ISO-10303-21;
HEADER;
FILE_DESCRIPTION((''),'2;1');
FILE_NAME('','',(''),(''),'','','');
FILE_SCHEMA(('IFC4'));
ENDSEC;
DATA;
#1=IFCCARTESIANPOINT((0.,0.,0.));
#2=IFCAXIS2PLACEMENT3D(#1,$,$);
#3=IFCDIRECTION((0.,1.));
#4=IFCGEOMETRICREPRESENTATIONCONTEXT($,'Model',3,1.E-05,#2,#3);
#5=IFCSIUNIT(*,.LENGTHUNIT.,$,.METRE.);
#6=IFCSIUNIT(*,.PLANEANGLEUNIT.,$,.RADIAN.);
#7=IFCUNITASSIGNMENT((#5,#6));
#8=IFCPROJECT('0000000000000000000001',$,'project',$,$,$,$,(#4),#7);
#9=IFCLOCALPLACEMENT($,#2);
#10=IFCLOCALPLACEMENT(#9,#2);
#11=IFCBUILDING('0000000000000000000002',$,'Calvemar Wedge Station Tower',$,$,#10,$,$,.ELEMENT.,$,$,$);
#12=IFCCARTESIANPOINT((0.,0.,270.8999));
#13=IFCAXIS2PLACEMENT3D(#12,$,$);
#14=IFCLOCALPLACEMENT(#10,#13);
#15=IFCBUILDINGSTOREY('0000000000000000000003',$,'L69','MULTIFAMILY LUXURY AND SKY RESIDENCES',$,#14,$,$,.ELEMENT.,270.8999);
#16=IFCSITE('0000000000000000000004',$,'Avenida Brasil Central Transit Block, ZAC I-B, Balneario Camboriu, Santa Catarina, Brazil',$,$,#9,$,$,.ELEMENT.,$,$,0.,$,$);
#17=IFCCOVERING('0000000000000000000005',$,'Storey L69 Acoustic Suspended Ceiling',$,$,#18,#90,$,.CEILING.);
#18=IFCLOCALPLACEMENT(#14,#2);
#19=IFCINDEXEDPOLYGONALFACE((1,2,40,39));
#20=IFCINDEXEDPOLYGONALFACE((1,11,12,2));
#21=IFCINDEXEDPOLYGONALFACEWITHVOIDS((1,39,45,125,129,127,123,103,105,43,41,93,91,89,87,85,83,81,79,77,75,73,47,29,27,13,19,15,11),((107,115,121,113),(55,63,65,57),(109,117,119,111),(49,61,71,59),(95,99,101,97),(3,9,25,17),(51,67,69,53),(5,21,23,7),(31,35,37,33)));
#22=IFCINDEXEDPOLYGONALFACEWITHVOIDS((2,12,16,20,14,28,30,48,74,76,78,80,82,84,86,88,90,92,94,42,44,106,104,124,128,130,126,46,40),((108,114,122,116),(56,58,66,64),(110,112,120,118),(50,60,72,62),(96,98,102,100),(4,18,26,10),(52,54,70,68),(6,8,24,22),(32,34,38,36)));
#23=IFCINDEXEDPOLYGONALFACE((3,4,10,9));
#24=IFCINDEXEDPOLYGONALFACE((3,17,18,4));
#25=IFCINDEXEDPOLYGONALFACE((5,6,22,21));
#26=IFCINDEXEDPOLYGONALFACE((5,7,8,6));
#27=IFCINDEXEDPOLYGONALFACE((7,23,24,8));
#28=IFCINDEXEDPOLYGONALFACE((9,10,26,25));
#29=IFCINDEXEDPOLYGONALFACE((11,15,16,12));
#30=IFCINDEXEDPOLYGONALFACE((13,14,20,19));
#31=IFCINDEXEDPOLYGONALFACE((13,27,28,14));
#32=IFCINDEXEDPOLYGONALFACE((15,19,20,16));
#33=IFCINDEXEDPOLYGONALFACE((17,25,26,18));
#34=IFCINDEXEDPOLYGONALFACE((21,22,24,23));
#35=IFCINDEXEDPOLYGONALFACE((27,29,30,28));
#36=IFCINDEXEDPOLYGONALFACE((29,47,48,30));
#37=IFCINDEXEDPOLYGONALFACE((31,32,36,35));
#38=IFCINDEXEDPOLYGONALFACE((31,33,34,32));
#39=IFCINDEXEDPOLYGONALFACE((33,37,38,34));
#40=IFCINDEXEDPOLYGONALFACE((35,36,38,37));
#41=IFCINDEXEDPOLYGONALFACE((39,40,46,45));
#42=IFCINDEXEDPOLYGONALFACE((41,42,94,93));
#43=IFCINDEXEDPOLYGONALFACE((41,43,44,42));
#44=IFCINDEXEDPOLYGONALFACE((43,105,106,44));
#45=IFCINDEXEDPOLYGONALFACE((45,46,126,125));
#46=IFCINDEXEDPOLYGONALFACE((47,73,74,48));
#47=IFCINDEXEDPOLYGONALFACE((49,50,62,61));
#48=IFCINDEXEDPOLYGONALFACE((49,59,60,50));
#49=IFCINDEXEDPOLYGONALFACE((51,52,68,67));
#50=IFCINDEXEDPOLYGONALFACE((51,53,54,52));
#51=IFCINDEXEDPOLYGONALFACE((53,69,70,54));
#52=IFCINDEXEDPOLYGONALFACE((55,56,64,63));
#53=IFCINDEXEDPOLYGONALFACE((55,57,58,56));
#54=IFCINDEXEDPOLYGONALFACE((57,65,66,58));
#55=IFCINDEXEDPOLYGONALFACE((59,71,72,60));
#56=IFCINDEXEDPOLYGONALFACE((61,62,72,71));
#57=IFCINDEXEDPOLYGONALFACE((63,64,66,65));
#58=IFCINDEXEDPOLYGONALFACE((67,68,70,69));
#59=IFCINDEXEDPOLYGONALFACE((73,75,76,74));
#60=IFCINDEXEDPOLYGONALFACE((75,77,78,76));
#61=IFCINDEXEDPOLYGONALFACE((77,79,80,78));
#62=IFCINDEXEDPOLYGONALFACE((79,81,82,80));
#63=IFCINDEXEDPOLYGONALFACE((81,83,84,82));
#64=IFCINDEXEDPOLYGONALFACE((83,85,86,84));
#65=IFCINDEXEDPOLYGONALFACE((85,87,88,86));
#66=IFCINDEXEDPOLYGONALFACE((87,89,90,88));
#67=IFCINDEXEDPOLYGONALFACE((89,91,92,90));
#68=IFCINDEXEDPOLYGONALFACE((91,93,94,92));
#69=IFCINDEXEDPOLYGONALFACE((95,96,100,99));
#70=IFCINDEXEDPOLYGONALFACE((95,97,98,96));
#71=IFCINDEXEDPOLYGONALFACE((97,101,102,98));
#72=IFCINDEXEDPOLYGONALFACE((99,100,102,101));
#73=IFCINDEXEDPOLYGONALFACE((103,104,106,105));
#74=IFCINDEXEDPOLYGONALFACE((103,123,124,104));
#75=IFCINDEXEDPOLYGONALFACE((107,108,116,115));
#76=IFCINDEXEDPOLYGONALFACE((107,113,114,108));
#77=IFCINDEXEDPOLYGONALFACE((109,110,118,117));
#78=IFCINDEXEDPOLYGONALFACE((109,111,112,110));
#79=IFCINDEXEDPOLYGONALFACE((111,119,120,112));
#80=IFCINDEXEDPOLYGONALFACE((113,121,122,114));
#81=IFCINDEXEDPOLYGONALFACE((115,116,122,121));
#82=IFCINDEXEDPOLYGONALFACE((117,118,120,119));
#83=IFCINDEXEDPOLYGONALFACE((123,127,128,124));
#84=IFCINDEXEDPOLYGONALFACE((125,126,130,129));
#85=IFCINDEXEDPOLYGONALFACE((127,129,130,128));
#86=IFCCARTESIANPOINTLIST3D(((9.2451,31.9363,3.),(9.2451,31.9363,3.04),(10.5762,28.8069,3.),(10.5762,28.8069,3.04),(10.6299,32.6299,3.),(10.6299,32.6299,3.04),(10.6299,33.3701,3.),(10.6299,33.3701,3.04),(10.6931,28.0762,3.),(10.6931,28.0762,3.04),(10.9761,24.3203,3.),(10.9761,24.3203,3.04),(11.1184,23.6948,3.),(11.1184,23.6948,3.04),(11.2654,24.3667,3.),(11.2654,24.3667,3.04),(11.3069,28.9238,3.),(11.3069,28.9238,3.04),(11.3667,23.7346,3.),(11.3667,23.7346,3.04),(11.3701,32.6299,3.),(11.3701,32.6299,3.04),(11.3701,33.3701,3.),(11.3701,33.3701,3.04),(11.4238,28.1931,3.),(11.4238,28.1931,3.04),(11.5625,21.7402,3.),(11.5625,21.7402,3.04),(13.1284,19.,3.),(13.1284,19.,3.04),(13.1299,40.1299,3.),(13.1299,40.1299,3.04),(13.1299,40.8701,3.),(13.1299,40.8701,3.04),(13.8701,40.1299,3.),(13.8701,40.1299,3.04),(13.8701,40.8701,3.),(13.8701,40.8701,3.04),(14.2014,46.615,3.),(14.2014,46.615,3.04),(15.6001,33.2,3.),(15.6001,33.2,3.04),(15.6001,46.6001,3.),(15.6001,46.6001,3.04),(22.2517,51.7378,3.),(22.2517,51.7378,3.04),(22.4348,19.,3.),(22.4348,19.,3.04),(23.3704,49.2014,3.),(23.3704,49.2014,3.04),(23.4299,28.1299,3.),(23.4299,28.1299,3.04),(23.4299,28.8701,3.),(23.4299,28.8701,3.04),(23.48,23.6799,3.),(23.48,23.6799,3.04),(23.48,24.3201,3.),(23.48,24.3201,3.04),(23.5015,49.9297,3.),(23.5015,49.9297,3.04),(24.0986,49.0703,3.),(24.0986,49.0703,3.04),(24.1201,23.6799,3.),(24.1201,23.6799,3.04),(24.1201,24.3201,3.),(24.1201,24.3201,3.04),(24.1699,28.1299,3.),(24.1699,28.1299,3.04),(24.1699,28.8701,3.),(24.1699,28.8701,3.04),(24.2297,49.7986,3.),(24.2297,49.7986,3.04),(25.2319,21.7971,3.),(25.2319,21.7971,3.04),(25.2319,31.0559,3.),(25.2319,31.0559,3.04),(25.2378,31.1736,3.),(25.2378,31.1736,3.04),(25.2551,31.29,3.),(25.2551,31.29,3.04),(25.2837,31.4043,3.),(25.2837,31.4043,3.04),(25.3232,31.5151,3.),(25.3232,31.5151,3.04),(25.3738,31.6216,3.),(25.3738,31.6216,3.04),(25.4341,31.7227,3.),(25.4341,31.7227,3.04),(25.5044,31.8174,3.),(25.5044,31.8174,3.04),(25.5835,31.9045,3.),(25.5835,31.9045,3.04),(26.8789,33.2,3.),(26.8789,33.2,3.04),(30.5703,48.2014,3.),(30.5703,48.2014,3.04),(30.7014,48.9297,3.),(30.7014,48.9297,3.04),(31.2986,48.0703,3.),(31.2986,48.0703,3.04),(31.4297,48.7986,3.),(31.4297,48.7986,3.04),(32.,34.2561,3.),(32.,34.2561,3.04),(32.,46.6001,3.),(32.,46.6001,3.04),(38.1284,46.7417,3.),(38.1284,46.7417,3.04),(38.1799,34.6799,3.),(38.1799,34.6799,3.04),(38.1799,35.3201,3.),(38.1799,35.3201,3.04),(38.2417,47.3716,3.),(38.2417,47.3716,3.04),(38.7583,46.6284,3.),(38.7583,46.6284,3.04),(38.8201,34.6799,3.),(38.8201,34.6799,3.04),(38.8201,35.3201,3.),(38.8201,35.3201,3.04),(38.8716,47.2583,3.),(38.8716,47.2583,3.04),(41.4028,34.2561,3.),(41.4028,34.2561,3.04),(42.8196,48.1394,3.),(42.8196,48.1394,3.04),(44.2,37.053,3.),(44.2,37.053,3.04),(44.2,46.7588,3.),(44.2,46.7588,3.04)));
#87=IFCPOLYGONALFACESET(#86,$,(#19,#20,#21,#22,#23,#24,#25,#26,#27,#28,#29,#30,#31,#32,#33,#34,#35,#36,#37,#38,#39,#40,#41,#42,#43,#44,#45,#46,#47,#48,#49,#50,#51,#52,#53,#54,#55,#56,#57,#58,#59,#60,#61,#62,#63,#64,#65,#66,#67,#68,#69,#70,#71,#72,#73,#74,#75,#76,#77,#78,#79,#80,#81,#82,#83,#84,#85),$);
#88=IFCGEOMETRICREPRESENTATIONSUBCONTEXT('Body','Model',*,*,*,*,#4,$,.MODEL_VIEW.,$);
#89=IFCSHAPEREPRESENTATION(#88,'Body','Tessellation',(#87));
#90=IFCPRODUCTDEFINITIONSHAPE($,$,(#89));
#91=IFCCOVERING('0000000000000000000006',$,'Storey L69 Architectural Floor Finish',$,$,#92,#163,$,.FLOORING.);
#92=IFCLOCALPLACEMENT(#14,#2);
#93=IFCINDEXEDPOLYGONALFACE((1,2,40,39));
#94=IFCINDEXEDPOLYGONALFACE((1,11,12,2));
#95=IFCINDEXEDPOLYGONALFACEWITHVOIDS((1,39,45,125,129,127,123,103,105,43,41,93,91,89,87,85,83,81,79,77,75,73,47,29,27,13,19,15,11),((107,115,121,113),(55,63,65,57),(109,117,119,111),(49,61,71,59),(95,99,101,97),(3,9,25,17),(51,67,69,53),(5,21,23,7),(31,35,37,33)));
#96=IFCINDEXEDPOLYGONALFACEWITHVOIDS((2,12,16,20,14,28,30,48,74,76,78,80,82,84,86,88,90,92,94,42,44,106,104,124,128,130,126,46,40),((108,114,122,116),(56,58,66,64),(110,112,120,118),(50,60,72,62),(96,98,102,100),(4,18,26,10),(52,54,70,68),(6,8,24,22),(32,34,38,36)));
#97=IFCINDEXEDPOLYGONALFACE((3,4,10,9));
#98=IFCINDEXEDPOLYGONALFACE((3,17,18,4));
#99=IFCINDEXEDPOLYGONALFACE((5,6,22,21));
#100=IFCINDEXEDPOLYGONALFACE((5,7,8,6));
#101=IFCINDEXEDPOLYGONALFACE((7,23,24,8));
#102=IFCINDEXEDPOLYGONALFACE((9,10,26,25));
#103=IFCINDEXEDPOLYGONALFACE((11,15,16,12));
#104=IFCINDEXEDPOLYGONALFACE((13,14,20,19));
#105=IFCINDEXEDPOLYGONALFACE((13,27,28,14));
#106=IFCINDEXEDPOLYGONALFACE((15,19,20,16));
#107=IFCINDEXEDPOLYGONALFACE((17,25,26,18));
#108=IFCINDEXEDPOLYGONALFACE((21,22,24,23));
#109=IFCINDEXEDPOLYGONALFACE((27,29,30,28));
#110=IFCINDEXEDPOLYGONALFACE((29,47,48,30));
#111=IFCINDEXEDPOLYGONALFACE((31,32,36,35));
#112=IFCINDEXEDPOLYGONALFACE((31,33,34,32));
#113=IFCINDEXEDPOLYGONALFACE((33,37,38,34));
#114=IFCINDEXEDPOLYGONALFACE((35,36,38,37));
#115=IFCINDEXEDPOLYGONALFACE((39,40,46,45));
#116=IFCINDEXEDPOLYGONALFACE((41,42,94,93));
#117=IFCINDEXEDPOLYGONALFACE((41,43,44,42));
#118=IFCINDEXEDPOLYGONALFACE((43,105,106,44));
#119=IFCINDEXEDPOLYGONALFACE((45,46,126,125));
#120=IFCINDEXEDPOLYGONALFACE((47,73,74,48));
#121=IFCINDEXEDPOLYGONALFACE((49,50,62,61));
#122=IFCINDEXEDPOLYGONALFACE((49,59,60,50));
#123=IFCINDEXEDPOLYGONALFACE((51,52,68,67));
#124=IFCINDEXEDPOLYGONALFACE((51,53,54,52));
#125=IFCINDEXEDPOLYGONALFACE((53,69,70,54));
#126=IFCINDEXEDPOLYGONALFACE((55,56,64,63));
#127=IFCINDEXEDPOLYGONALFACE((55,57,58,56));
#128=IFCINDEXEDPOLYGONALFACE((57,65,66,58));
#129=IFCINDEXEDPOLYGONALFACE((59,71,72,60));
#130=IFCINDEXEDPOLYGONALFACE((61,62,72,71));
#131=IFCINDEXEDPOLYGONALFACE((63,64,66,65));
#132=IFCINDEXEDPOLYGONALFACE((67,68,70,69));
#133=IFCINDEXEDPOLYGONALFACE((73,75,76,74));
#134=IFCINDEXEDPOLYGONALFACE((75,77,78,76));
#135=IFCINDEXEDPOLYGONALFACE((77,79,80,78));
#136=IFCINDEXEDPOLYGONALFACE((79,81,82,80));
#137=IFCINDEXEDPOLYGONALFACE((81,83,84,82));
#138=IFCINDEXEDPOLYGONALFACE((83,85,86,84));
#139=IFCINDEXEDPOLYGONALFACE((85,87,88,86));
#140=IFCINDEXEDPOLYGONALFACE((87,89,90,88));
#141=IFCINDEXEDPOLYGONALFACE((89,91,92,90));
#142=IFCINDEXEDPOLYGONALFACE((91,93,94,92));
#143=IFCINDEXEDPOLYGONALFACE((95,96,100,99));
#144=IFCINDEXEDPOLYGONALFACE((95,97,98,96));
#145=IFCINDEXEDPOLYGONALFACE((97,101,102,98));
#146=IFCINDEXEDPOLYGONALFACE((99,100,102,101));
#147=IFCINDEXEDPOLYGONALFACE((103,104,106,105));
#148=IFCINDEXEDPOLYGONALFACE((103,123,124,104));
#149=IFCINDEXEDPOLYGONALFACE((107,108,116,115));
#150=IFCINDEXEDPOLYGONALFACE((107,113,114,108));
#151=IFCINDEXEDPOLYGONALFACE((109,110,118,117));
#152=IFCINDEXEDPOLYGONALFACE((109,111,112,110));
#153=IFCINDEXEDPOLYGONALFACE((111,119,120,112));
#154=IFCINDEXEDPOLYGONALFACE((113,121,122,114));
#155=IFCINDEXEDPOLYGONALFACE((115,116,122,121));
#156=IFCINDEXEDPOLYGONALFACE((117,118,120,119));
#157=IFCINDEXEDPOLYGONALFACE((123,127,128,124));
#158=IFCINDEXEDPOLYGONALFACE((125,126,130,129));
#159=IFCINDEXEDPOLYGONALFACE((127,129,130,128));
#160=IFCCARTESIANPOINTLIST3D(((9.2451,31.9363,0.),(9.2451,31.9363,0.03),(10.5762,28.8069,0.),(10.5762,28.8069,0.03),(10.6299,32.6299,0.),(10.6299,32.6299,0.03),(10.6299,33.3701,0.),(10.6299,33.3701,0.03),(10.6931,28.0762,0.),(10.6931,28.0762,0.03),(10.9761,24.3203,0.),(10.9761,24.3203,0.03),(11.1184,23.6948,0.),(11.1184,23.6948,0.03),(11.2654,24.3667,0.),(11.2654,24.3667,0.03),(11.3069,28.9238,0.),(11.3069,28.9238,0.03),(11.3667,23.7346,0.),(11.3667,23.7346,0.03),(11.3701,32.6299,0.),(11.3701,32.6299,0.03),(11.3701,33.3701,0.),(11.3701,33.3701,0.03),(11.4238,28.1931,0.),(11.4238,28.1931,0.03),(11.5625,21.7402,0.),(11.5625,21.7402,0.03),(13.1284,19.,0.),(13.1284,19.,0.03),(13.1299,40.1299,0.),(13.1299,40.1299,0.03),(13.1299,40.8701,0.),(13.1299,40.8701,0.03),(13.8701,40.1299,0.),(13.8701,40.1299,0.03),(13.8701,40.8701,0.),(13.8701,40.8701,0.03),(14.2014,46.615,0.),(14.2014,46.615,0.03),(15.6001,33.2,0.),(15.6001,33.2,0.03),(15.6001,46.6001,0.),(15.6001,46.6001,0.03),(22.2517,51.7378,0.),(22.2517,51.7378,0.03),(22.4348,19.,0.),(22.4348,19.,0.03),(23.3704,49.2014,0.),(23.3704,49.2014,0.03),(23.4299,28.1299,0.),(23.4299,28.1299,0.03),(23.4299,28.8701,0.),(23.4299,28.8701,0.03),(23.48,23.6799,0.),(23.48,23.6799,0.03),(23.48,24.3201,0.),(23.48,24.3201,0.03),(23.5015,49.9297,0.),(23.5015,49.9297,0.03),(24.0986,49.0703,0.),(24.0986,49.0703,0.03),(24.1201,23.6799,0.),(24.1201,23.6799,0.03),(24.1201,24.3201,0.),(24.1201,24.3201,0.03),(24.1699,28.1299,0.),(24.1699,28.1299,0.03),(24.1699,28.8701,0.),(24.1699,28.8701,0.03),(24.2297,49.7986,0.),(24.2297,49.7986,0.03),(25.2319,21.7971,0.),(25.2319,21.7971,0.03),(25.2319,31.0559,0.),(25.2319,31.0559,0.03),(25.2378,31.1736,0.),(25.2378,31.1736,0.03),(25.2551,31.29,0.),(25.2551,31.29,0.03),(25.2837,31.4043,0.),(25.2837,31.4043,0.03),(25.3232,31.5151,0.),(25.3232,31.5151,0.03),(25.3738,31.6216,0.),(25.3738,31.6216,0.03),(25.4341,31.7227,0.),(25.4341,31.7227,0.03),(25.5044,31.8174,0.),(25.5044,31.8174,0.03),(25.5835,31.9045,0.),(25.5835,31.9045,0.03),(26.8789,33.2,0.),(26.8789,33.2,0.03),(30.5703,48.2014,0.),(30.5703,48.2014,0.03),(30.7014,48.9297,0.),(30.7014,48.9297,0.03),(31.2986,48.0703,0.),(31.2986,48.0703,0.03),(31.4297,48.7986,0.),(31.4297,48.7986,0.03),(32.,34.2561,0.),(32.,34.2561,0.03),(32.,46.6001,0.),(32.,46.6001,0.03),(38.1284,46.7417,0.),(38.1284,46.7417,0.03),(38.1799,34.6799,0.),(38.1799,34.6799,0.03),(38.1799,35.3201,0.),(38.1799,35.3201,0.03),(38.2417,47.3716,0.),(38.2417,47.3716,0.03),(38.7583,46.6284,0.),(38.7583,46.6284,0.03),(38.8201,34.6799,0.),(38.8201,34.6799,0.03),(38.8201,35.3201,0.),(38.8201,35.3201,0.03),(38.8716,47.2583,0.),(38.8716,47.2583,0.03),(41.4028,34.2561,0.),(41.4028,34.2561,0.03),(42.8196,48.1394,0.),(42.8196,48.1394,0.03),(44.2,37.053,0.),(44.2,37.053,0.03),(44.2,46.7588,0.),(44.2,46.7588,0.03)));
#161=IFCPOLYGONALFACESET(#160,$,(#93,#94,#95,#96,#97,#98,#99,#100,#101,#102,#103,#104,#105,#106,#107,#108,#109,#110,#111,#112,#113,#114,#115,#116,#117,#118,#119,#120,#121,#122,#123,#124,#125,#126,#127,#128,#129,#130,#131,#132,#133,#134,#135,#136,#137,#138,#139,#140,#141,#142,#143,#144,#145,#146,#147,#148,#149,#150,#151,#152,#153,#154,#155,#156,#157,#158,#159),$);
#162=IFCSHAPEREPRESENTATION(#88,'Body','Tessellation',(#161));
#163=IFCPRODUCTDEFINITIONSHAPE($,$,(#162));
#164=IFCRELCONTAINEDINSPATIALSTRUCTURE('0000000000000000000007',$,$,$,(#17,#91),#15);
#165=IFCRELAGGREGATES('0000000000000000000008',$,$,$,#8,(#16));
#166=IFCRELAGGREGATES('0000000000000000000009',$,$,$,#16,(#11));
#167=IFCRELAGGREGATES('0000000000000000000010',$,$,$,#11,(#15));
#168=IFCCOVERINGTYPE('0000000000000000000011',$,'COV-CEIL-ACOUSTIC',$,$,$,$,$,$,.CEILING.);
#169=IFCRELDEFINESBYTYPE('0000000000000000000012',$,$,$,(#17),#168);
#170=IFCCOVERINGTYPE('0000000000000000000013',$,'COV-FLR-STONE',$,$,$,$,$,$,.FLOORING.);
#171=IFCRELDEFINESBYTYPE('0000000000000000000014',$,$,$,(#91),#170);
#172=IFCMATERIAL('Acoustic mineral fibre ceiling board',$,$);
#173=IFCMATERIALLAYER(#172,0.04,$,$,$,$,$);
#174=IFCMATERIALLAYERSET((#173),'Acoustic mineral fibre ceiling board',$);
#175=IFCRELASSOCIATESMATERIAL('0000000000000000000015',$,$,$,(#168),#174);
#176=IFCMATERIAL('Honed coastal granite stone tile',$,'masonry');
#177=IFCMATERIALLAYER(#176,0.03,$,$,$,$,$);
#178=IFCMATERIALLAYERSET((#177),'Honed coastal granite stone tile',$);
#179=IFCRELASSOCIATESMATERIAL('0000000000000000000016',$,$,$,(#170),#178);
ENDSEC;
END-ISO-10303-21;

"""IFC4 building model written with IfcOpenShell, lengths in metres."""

from ifc_helpers import new_model, si_unit, direction, frame, origin, place, context, subcontext, project, spatial, polyline, outline, extrude, material, layer, layer_set, type_object, element, save


model = new_model("IFC4")

# Units and contexts
model_context = context("Model", 3, precision=1e-05, world=origin(), true_north=direction((0.0, 1.0)))
body_context = subcontext(model_context, "Body", "Model", "MODEL_VIEW")
ifc_project = project(units=[si_unit("LENGTHUNIT", "METRE"), si_unit("PLANEANGLEUNIT", "RADIAN")], contexts=[model_context])

# Site, building, storey
site_placement = place(None, origin())
site = spatial("IfcSite", under=ifc_project, at=site_placement, Name="Avenida Brasil Central Transit Block, ZAC I-B, Balneario Camboriu, Santa Catarina, Brazil", CompositionType="ELEMENT", RefElevation=0.0)
building_placement = place(site_placement, origin())
building = spatial("IfcBuilding", under=site, at=building_placement, Name="Calvemar Wedge Station Tower", CompositionType="ELEMENT")
storey_placement = place(building_placement, frame((0.0, 0.0, 270.8999)))
storey = spatial("IfcBuildingStorey", under=building, at=storey_placement, Name="L69", Description="MULTIFAMILY LUXURY AND SKY RESIDENCES", CompositionType="ELEMENT", Elevation=270.8999)

# Coverings
ifc_material_1 = material(Name="Acoustic mineral fibre ceiling board")
ifc_layer_1 = layer(ifc_material_1, 0.04)
ifc_layer_set_1 = layer_set([ifc_layer_1], Name="Acoustic mineral fibre ceiling board")
covering_type_1 = type_object("IfcCoveringType", Name="COV-CEIL-ACOUSTIC", PredefinedType="CEILING", material=ifc_layer_set_1)
covering_1_placement = place(storey_placement, frame((0.0, 0.0, 3.0)))
element("IfcCovering", 1, at=covering_1_placement, inside=storey, type_object=covering_type_1, Name="Storey L69 Acoustic Suspended Ceiling", PredefinedType="CEILING", context=body_context, shape_type="SweptSolid", body=[
    extrude(outline(polyline([(15.6001, 33.2), (15.6001, 46.6001), (32.0, 46.6001), (32.0, 34.2561), (41.4028, 34.2561), (44.2, 37.053), (44.2, 46.7588), (42.8196, 48.1394), (22.2517, 51.7378), (14.2014, 46.615), (9.2451, 31.9363), (10.9761, 24.3203), (11.2654, 24.3667), (11.3667, 23.7346), (11.1184, 23.6948), (11.5625, 21.7402), (13.1284, 19.0), (22.4348, 19.0), (25.2319, 21.7971), (25.2319, 31.0559), (25.2378, 31.1736), (25.2551, 31.29), (25.2837, 31.4043), (25.3232, 31.5151), (25.3738, 31.6216), (25.4341, 31.7227), (25.5044, 31.8174), (25.5835, 31.9045), (26.8789, 33.2), (15.6001, 33.2)]), holes=[polyline([(11.3701, 33.3701), (11.3701, 32.6299), (10.6299, 32.6299), (10.6299, 33.3701), (11.3701, 33.3701)]), polyline([(13.8701, 40.1299), (13.1299, 40.1299), (13.1299, 40.8701), (13.8701, 40.8701), (13.8701, 40.1299)]), polyline([(23.3704, 49.2014), (23.5015, 49.9297), (24.2297, 49.7986), (24.0986, 49.0703), (23.3704, 49.2014)]), polyline([(30.7014, 48.9297), (31.4297, 48.7986), (31.2986, 48.0703), (30.5703, 48.2014), (30.7014, 48.9297)]), polyline([(38.8716, 47.2583), (38.7583, 46.6284), (38.1284, 46.7417), (38.2417, 47.3716), (38.8716, 47.2583)]), polyline([(38.8201, 34.6799), (38.1799, 34.6799), (38.1799, 35.3201), (38.8201, 35.3201), (38.8201, 34.6799)]), polyline([(10.5762, 28.8069), (11.3069, 28.9238), (11.4238, 28.1931), (10.6931, 28.0762), (10.5762, 28.8069)]), polyline([(24.1699, 28.8701), (24.1699, 28.1299), (23.4299, 28.1299), (23.4299, 28.8701), (24.1699, 28.8701)]), polyline([(24.1201, 23.6799), (23.48, 23.6799), (23.48, 24.3201), (24.1201, 24.3201), (24.1201, 23.6799)])]), origin(), (0.0, 0.0, 1.0), 0.04),
])
ifc_material_2 = material(Name="Honed coastal granite stone tile", Category="masonry")
ifc_layer_2 = layer(ifc_material_2, 0.03)
ifc_layer_set_2 = layer_set([ifc_layer_2], Name="Honed coastal granite stone tile")
covering_type_2 = type_object("IfcCoveringType", Name="COV-FLR-STONE", PredefinedType="FLOORING", material=ifc_layer_set_2)
covering_2_placement = place(storey_placement, origin())
element("IfcCovering", 2, at=covering_2_placement, inside=storey, type_object=covering_type_2, Name="Storey L69 Architectural Floor Finish", PredefinedType="FLOORING", context=body_context, shape_type="SweptSolid", body=[
    extrude(outline(polyline([(15.6001, 33.2), (15.6001, 46.6001), (32.0, 46.6001), (32.0, 34.2561), (41.4028, 34.2561), (44.2, 37.053), (44.2, 46.7588), (42.8196, 48.1394), (22.2517, 51.7378), (14.2014, 46.615), (9.2451, 31.9363), (10.9761, 24.3203), (11.2654, 24.3667), (11.3667, 23.7346), (11.1184, 23.6948), (11.5625, 21.7402), (13.1284, 19.0), (22.4348, 19.0), (25.2319, 21.7971), (25.2319, 31.0559), (25.2378, 31.1736), (25.2551, 31.29), (25.2837, 31.4043), (25.3232, 31.5151), (25.3738, 31.6216), (25.4341, 31.7227), (25.5044, 31.8174), (25.5835, 31.9045), (26.8789, 33.2), (15.6001, 33.2)]), holes=[polyline([(11.3701, 33.3701), (11.3701, 32.6299), (10.6299, 32.6299), (10.6299, 33.3701), (11.3701, 33.3701)]), polyline([(13.8701, 40.1299), (13.1299, 40.1299), (13.1299, 40.8701), (13.8701, 40.8701), (13.8701, 40.1299)]), polyline([(23.3704, 49.2014), (23.5015, 49.9297), (24.2297, 49.7986), (24.0986, 49.0703), (23.3704, 49.2014)]), polyline([(30.7014, 48.9297), (31.4297, 48.7986), (31.2986, 48.0703), (30.5703, 48.2014), (30.7014, 48.9297)]), polyline([(38.8716, 47.2583), (38.7583, 46.6284), (38.1284, 46.7417), (38.2417, 47.3716), (38.8716, 47.2583)]), polyline([(38.8201, 34.6799), (38.1799, 34.6799), (38.1799, 35.3201), (38.8201, 35.3201), (38.8201, 34.6799)]), polyline([(10.5762, 28.8069), (11.3069, 28.9238), (11.4238, 28.1931), (10.6931, 28.0762), (10.5762, 28.8069)]), polyline([(24.1699, 28.8701), (24.1699, 28.1299), (23.4299, 28.1299), (23.4299, 28.8701), (24.1699, 28.8701)]), polyline([(24.1201, 23.6799), (23.48, 23.6799), (23.48, 24.3201), (24.1201, 24.3201), (24.1201, 23.6799)])]), origin(), (0.0, 0.0, 1.0), 0.03),
])

save(model, "model.ifc")
